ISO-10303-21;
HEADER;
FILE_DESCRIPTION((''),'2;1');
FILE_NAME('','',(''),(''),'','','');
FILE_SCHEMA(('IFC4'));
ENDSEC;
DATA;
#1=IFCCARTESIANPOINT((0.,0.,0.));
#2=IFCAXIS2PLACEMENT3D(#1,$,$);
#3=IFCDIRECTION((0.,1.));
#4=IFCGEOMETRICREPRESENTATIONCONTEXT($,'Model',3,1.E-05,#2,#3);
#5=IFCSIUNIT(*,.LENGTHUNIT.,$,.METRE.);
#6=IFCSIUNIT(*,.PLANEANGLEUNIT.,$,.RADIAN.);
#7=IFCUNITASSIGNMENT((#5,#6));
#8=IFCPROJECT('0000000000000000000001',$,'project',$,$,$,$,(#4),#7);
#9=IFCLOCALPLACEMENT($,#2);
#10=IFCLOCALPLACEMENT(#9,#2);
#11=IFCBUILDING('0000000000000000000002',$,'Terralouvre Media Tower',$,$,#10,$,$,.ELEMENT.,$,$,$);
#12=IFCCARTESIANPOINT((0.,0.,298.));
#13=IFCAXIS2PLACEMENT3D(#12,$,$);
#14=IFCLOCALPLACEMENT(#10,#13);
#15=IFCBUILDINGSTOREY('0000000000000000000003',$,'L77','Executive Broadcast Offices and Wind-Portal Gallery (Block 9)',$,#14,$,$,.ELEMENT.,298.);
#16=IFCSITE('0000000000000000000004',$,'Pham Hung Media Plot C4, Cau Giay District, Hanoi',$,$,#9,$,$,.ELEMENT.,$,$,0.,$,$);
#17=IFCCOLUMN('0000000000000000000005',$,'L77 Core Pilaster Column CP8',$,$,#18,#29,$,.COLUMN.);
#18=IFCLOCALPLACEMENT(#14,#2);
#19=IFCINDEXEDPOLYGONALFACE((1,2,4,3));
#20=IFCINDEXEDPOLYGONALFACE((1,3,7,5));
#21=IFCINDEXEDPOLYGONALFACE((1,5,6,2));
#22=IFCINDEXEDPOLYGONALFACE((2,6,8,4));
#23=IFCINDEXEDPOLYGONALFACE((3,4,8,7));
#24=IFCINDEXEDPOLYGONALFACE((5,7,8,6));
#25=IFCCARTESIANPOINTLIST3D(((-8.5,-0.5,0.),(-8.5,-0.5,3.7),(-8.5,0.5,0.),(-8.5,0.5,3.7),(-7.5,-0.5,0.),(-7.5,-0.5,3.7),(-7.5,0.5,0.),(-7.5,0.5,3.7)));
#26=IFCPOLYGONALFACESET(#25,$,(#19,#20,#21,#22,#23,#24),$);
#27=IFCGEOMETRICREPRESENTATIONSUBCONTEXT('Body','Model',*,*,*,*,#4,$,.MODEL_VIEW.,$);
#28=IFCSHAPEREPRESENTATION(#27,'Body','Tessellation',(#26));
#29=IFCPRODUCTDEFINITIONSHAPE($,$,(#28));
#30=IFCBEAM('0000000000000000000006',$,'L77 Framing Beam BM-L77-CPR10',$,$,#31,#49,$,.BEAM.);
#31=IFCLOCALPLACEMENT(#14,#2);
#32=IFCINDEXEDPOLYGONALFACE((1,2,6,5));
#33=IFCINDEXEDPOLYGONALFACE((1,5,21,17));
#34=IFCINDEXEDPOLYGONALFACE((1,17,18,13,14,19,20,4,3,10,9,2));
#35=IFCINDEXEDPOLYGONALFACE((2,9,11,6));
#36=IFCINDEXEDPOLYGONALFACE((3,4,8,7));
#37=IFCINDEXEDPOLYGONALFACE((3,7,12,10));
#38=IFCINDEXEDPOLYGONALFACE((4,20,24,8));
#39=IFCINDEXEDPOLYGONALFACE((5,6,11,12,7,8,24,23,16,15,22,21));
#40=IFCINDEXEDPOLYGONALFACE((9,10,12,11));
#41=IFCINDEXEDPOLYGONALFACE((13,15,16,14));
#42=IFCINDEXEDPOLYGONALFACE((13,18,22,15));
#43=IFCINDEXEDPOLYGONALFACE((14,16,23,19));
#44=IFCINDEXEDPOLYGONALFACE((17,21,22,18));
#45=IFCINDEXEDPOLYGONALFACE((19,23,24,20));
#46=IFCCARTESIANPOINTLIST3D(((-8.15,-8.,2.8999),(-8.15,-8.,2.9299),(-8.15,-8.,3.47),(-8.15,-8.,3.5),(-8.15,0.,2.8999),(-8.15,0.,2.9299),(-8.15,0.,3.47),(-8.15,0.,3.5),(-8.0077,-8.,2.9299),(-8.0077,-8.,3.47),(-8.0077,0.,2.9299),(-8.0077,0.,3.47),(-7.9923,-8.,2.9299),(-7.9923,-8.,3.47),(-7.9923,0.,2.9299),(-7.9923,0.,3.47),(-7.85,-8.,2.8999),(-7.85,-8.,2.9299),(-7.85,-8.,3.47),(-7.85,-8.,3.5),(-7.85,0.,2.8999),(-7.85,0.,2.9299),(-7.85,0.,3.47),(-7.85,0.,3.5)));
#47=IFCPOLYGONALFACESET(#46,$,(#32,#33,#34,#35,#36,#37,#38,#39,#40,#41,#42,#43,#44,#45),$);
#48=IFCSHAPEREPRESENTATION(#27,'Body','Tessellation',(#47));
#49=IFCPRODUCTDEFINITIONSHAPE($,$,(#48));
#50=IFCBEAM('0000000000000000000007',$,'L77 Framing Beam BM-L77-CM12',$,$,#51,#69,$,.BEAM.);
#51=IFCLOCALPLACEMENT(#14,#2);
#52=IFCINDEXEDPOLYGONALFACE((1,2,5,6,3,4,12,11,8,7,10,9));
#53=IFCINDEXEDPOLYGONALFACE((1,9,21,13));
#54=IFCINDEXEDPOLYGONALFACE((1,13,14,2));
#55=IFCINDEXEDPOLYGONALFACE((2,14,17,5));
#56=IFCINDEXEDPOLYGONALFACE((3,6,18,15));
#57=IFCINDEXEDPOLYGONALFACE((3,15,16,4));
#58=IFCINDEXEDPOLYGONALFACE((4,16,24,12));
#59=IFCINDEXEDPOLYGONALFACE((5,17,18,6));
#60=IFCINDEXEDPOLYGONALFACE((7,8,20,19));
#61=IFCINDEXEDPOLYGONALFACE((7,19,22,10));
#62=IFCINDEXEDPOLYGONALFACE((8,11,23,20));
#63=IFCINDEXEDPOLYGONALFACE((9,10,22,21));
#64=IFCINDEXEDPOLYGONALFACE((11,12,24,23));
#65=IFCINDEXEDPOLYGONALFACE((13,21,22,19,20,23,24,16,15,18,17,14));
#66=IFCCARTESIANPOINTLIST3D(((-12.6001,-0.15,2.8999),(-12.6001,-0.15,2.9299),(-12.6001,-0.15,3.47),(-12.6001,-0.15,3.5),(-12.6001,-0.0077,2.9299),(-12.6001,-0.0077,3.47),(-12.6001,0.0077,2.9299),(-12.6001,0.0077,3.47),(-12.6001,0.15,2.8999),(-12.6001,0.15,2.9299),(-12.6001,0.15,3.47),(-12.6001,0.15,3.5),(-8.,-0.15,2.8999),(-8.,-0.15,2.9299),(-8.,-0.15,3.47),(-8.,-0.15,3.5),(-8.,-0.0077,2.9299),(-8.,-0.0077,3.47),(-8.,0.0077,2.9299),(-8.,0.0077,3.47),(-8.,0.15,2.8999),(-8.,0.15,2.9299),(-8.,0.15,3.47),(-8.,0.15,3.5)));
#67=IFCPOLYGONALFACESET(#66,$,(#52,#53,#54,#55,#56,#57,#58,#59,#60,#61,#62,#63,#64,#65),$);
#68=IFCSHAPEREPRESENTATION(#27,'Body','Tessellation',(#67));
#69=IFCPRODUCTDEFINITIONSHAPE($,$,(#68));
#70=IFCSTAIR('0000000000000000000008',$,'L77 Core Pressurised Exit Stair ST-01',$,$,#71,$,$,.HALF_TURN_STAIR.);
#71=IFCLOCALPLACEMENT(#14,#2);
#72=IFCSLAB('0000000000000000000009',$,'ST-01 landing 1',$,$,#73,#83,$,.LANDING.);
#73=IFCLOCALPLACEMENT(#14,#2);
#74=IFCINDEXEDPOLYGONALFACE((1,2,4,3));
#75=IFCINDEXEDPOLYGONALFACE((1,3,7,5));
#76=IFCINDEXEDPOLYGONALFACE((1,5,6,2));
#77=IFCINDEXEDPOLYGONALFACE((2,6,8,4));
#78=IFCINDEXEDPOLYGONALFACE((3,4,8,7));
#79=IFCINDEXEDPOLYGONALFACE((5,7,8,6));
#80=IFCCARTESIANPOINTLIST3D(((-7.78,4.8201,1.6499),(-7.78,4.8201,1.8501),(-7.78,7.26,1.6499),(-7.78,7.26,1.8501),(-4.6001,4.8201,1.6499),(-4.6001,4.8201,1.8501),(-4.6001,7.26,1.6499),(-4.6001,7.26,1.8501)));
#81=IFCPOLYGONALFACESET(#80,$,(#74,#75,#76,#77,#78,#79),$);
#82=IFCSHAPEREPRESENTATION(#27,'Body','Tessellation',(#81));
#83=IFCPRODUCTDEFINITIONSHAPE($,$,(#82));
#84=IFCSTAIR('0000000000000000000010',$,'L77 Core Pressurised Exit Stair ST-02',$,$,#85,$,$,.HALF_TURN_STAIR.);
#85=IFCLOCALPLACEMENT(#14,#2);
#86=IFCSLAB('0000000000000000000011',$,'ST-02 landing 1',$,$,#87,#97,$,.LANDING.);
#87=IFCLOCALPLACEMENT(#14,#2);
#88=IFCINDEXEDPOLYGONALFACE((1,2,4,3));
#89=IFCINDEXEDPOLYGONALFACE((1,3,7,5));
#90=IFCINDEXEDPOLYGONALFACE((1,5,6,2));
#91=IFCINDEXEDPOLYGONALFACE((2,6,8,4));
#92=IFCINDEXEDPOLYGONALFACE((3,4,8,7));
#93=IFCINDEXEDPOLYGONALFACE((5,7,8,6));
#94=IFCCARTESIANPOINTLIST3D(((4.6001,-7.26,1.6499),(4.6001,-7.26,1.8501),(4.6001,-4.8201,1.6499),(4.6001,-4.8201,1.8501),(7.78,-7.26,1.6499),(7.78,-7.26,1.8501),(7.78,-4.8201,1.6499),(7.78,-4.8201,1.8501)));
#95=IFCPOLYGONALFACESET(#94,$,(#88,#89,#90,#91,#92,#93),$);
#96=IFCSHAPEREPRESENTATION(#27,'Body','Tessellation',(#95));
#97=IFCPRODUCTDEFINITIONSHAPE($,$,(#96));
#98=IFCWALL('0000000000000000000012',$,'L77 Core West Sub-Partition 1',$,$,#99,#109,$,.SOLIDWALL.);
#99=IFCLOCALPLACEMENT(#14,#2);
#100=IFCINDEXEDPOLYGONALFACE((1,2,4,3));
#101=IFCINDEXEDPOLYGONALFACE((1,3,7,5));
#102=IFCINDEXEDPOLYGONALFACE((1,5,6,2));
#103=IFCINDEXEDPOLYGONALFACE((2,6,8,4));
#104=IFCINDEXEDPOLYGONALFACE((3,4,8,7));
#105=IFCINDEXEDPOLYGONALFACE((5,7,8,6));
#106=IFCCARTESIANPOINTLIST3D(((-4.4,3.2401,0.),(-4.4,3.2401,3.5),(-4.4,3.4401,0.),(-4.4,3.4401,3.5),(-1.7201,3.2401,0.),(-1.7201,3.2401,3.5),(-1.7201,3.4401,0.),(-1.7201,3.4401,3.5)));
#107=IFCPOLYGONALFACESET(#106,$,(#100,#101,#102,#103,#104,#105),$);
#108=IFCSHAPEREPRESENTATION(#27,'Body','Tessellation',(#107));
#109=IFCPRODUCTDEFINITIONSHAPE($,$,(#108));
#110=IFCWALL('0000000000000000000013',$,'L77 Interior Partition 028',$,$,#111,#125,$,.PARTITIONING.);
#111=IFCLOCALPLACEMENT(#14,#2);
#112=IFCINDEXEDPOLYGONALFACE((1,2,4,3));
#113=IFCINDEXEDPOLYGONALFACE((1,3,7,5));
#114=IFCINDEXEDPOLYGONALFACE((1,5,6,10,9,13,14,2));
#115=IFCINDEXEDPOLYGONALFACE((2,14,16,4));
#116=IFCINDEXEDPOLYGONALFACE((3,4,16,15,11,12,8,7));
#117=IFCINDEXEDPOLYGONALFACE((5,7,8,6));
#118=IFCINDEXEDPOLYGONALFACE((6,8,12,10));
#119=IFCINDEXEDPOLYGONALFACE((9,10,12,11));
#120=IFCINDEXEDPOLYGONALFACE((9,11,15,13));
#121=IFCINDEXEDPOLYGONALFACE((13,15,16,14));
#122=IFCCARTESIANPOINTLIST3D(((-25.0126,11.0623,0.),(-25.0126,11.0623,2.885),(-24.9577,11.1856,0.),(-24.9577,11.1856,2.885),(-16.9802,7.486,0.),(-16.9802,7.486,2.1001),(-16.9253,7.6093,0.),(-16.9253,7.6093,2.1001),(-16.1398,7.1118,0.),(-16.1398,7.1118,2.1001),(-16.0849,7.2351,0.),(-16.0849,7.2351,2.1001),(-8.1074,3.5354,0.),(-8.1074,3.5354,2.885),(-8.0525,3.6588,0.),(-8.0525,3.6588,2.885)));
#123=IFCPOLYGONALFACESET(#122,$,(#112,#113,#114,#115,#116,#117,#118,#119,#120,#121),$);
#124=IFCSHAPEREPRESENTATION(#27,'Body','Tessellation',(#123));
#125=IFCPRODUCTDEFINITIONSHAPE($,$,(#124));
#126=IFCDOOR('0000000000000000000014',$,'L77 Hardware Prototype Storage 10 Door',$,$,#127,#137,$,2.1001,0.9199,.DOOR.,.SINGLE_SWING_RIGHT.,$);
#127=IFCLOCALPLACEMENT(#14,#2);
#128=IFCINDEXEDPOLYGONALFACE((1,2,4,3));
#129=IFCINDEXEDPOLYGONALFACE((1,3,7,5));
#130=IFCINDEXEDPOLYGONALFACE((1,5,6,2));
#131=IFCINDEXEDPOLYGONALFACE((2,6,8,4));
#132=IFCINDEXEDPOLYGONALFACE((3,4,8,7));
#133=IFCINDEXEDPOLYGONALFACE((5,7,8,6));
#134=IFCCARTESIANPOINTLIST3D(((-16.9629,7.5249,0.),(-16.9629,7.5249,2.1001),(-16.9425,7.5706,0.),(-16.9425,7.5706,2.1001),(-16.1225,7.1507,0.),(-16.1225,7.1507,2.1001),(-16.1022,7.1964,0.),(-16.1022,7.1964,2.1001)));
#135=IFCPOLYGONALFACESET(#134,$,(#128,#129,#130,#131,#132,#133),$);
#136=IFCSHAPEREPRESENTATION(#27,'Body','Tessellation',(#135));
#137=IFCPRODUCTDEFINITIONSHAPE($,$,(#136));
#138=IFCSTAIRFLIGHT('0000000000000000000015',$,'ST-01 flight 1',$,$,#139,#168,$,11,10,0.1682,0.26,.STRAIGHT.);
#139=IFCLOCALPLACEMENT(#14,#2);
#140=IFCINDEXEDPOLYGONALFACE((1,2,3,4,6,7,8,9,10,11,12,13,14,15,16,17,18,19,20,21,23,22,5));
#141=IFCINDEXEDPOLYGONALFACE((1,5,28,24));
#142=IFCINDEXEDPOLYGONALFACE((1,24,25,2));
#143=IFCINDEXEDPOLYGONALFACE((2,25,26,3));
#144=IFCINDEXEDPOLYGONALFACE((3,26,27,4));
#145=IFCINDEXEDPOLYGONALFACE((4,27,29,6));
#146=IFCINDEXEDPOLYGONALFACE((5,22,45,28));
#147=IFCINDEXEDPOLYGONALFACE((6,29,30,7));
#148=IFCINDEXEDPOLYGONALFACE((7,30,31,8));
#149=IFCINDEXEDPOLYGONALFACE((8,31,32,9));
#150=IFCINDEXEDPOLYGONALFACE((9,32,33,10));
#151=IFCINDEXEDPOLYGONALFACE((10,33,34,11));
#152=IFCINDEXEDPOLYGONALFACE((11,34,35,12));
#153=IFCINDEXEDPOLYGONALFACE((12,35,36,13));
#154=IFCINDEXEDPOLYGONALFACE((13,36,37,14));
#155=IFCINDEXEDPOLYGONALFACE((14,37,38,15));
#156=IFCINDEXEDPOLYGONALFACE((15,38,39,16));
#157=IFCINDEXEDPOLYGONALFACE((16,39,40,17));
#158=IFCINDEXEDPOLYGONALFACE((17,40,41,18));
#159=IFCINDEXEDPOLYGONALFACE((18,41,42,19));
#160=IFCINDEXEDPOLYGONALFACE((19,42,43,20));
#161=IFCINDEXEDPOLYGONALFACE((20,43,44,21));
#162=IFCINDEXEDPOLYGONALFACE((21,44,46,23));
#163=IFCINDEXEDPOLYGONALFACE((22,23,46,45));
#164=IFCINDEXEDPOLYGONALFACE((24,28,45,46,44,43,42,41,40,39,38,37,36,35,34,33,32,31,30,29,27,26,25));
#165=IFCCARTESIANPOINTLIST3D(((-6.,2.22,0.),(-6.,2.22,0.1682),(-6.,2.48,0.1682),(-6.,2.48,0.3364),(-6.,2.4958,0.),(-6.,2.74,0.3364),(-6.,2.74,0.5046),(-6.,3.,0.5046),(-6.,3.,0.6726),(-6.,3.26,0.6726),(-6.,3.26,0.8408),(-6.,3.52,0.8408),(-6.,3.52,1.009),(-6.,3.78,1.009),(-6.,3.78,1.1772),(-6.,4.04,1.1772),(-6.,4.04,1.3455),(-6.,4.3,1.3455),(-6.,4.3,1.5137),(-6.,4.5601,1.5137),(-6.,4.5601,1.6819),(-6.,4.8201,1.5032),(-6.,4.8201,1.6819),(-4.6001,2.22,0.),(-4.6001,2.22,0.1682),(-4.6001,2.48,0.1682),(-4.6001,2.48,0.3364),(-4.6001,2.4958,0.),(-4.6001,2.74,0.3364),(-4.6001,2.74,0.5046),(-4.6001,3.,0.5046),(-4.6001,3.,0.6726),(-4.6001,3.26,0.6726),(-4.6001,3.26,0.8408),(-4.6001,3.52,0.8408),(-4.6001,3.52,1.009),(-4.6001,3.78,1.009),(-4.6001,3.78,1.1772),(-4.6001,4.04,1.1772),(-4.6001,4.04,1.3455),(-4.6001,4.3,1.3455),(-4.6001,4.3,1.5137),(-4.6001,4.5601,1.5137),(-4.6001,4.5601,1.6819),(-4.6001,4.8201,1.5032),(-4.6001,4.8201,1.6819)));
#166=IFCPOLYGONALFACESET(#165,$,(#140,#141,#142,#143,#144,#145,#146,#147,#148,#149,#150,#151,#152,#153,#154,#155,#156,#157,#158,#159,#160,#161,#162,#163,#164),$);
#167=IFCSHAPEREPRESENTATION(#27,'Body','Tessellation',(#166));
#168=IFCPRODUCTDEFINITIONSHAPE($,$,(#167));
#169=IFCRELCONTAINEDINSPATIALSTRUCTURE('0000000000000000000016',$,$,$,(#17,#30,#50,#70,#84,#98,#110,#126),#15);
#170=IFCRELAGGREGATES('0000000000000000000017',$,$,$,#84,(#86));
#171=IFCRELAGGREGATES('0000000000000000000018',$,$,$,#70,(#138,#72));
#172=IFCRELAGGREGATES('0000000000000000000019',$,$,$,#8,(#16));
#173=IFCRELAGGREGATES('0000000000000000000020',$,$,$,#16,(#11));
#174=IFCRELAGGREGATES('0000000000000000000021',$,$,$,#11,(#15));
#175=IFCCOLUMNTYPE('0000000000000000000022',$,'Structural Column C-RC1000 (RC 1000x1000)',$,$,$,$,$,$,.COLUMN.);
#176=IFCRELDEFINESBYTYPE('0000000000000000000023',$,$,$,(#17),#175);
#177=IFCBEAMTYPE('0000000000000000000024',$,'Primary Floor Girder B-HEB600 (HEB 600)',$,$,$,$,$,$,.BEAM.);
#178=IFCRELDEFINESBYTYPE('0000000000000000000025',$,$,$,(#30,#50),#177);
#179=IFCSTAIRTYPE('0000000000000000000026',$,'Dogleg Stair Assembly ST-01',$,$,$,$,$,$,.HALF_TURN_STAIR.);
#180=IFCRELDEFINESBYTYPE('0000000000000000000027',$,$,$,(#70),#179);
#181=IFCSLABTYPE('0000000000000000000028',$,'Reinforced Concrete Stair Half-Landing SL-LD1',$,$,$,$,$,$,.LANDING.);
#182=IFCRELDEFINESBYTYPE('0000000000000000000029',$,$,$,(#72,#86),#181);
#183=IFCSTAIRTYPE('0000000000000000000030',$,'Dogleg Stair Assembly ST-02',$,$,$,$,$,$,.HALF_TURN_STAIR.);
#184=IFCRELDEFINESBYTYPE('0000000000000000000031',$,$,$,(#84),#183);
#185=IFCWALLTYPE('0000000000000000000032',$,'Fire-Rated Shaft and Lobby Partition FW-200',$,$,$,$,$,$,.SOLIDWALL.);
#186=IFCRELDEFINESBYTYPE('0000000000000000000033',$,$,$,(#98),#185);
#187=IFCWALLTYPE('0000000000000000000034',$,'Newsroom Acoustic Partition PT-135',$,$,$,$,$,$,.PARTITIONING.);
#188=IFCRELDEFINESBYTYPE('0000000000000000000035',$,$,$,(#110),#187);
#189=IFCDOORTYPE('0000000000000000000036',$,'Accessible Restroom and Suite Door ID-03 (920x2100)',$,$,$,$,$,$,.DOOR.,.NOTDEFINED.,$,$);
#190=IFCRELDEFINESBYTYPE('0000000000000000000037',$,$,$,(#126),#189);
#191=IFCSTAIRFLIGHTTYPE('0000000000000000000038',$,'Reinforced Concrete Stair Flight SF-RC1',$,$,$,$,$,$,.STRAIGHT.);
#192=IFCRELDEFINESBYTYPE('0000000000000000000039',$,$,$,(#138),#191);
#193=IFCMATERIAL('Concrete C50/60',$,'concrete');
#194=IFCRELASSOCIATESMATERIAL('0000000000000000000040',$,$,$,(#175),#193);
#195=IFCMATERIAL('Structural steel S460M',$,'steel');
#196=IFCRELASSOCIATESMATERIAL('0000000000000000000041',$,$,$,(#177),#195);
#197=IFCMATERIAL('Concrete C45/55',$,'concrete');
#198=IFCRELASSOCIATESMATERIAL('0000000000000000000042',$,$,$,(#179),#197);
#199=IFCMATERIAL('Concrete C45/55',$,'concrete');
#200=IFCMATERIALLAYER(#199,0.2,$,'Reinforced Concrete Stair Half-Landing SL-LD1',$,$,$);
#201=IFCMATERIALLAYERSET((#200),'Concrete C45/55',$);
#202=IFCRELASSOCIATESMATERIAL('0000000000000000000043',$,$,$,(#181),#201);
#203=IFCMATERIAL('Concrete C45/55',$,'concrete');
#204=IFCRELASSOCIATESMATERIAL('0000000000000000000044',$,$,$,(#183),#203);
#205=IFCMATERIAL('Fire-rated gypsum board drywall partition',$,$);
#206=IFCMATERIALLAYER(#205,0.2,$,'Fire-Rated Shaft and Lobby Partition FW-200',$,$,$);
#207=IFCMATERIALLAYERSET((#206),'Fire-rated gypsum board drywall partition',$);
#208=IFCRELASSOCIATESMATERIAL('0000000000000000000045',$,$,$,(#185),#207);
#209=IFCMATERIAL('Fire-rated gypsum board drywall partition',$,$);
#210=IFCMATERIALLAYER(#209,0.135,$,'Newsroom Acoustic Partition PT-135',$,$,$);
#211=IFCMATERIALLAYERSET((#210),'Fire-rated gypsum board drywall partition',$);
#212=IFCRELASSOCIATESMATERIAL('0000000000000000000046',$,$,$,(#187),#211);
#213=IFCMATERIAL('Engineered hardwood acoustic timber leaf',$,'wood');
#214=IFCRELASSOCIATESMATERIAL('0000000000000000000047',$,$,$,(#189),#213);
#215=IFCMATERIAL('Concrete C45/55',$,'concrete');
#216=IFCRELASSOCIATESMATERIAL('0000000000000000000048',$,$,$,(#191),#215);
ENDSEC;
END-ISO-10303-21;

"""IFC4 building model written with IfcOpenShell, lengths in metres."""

from ifc_helpers import new_model, si_unit, direction, frame, frame_2d, origin, origin_2d, place, context, subcontext, project, spatial, polyline, rectangle, i_section, outline, extrude, material, layer, layer_set, material_profile, profile_set, type_object, element, fill, aggregate, save


model = new_model("IFC4")

# Units and contexts
model_context = context("Model", 3, precision=1e-05, world=origin(), true_north=direction((0.0, 1.0)))
body_context = subcontext(model_context, "Body", "Model", "MODEL_VIEW")
ifc_project = project(units=[si_unit("LENGTHUNIT", "METRE"), si_unit("PLANEANGLEUNIT", "RADIAN")], contexts=[model_context])

# Site, building, storey
site_placement = place(None, origin())
site = spatial("IfcSite", under=ifc_project, at=site_placement, Name="Pham Hung Media Plot C4, Cau Giay District, Hanoi", CompositionType="ELEMENT", RefElevation=0.0)
building_placement = place(site_placement, origin())
building = spatial("IfcBuilding", under=site, at=building_placement, Name="Terralouvre Media Tower", CompositionType="ELEMENT")
storey_placement = place(building_placement, frame((0.0, 0.0, 298.0)))
storey = spatial("IfcBuildingStorey", under=building, at=storey_placement, Name="L77", Description="Executive Broadcast Offices and Wind-Portal Gallery (Block 9)", CompositionType="ELEMENT", Elevation=298.0)

# Column
ifc_material_1 = material(Name="Concrete C50/60", Category="concrete")
ifc_material_profile_1 = material_profile(ifc_material_1, rectangle(XDim=1.0, YDim=1.0, at=origin_2d()), Name="RC 1000x1000")
ifc_profile_set_1 = profile_set([ifc_material_profile_1], Name="Concrete C50/60")
column_type = type_object("IfcColumnType", Name="Structural Column C-RC1000 (RC 1000x1000)", PredefinedType="COLUMN", material=ifc_profile_set_1)
column_placement = place(storey_placement, frame((-8.0, 0.0, 0.0), z_axis=(0.0, 0.0, 1.0), x_axis=(1.0, 0.0, 0.0)))
element("IfcColumn", 1, at=column_placement, inside=storey, type_object=column_type, Name="L77 Core Pilaster Column CP8", PredefinedType="COLUMN", context=body_context, shape_type="SweptSolid", body=[
    extrude(rectangle(XDim=1.0, YDim=1.0, at=origin_2d()), origin(), (0.0, 0.0, 1.0), 3.7),
])

# Beams
ifc_material_2 = material(Name="Structural steel S460M", Category="steel")
ifc_material_profile_2 = material_profile(ifc_material_2, i_section(OverallWidth=0.3, OverallDepth=0.6001, WebThickness=0.0154, FlangeThickness=0.03, at=origin_2d()), Name="HEB 600")
ifc_profile_set_2 = profile_set([ifc_material_profile_2], Name="Structural steel S460M")
beam_type = type_object("IfcBeamType", Name="Primary Floor Girder B-HEB600 (HEB 600)", PredefinedType="BEAM", material=ifc_profile_set_2)
beam_1_placement = place(storey_placement, frame((-8.0, 0.0, 3.2), z_axis=(0.0, -1.0, 0.0), x_axis=(1.0, 0.0, 0.0)))
element("IfcBeam", 2, at=beam_1_placement, inside=storey, type_object=beam_type, Name="L77 Framing Beam BM-L77-CPR10", PredefinedType="BEAM", context=body_context, shape_type="SweptSolid", body=[
    extrude(i_section(OverallWidth=0.3, OverallDepth=0.6001, WebThickness=0.0154, FlangeThickness=0.03, at=origin_2d()), origin(), (0.0, 0.0, 1.0), 8.0),
])
beam_2_placement = place(storey_placement, frame((-8.0, 0.0, 3.2), z_axis=(-1.0, 0.0, 0.0), x_axis=(0.0, -1.0, 0.0)))
element("IfcBeam", 3, at=beam_2_placement, inside=storey, type_object=beam_type, Name="L77 Framing Beam BM-L77-CM12", PredefinedType="BEAM", context=body_context, shape_type="SweptSolid", body=[
    extrude(i_section(OverallWidth=0.3, OverallDepth=0.6001, WebThickness=0.0154, FlangeThickness=0.03, at=origin_2d()), origin(), (0.0, 0.0, 1.0), 4.6001),
])

# Stairs, slabs
ifc_material_3 = material(Name="Concrete C45/55", Category="concrete")
stair_type_1 = type_object("IfcStairType", Name="Dogleg Stair Assembly ST-01", PredefinedType="HALF_TURN_STAIR", material=ifc_material_3)
stair_1_placement = place(storey_placement, origin())
stair_1 = element("IfcStair", 4, at=stair_1_placement, inside=storey, type_object=stair_type_1, Name="L77 Core Pressurised Exit Stair ST-01", PredefinedType="HALF_TURN_STAIR")
ifc_material_4 = material(Name="Concrete C45/55", Category="concrete")
ifc_layer_1 = layer(ifc_material_4, 0.2, Name="Reinforced Concrete Stair Half-Landing SL-LD1")
ifc_layer_set_1 = layer_set([ifc_layer_1], Name="Concrete C45/55")
slab_type_1 = type_object("IfcSlabType", Name="Reinforced Concrete Stair Half-Landing SL-LD1", PredefinedType="LANDING", material=ifc_layer_set_1)
slab_1_placement = place(storey_placement, frame((0.0, 0.0, 1.6499)))
slab_1 = element("IfcSlab", 5, at=slab_1_placement, type_object=slab_type_1, Name="ST-01 landing 1", PredefinedType="LANDING", context=body_context, shape_type="SweptSolid", body=[
    extrude(outline(polyline([(-4.6001, 4.8201), (-4.6001, 7.26), (-7.78, 7.26), (-7.78, 4.8201), (-4.6001, 4.8201)])), origin(), (0.0, 0.0, 1.0), 0.2002),
])
ifc_material_5 = material(Name="Concrete C45/55", Category="concrete")
stair_type_2 = type_object("IfcStairType", Name="Dogleg Stair Assembly ST-02", PredefinedType="HALF_TURN_STAIR", material=ifc_material_5)
stair_2_placement = place(storey_placement, origin())
stair_2 = element("IfcStair", 6, at=stair_2_placement, inside=storey, type_object=stair_type_2, Name="L77 Core Pressurised Exit Stair ST-02", PredefinedType="HALF_TURN_STAIR")
slab_2_placement = place(storey_placement, frame((0.0, 0.0, 1.6499)))
slab_2 = element("IfcSlab", 7, at=slab_2_placement, type_object=slab_type_1, Name="ST-02 landing 1", PredefinedType="LANDING", context=body_context, shape_type="SweptSolid", body=[
    extrude(outline(polyline([(4.6001, -4.8201), (4.6001, -7.26), (7.78, -7.26), (7.78, -4.8201), (4.6001, -4.8201)])), origin(), (0.0, 0.0, 1.0), 0.2002),
])
aggregate(stair_2, [slab_2])

# Wall
ifc_material_6 = material(Name="Fire-rated gypsum board drywall partition")
ifc_layer_2 = layer(ifc_material_6, 0.2, Name="Fire-Rated Shaft and Lobby Partition FW-200")
ifc_layer_set_2 = layer_set([ifc_layer_2], Name="Fire-rated gypsum board drywall partition")
wall_type_1 = type_object("IfcWallType", Name="Fire-Rated Shaft and Lobby Partition FW-200", PredefinedType="SOLIDWALL", material=ifc_layer_set_2)
wall_1_placement = place(storey_placement, frame((-4.3999, 3.3401, 0.0), z_axis=(0.0, 0.0, 1.0), x_axis=(1.0, 0.0, 0.0)))
element("IfcWall", 8, at=wall_1_placement, inside=storey, type_object=wall_type_1, Name="L77 Core West Sub-Partition 1", PredefinedType="SOLIDWALL", context=body_context, shape_type="SweptSolid", body=[
    extrude(rectangle(XDim=2.6799, YDim=0.2, at=frame_2d((1.3398, 0.0))), origin(), (0.0, 0.0, 1.0), 3.5),
])

# Wall, opening, door
ifc_material_7 = material(Name="Fire-rated gypsum board drywall partition")
ifc_layer_3 = layer(ifc_material_7, 0.135, Name="Newsroom Acoustic Partition PT-135")
ifc_layer_set_3 = layer_set([ifc_layer_3], Name="Fire-rated gypsum board drywall partition")
wall_type_2 = type_object("IfcWallType", Name="Newsroom Acoustic Partition PT-135", PredefinedType="PARTITIONING", material=ifc_layer_set_3)
wall_2_placement = place(storey_placement, frame((-8.0801, 3.5972, 0.0), z_axis=(0.0, 0.0, 1.0), x_axis=(-0.913543, 0.406743, 0.0)))
wall_2 = element("IfcWall", 9, at=wall_2_placement, inside=storey, type_object=wall_type_2, Name="L77 Interior Partition 028", PredefinedType="PARTITIONING", context=body_context, shape_type="SweptSolid", body=[
    extrude(rectangle(XDim=18.5051, YDim=0.135, at=frame_2d((9.2524, 0.0))), origin(), (0.0, 0.0, 1.0), 2.885),
])
opening_1_placement = place(wall_2_placement, frame((8.7925, 0.0, 0.0)))
opening_1 = element("IfcOpeningElement", 10, at=opening_1_placement, cuts=wall_2, PredefinedType="OPENING", context=body_context, shape_type="SweptSolid", body=[
    extrude(rectangle(XDim=0.9199, YDim=2.1001, at=frame_2d((0.46, 1.05))), frame((0.0, 0.0774, 0.0), z_axis=(0.0, -1.0, 0.0), x_axis=(1.0, 0.0, 0.0)), (0.0, 0.0, 1.0), 0.155),
])
ifc_material_8 = material(Name="Engineered hardwood acoustic timber leaf", Category="wood")
door_type_1 = type_object("IfcDoorType", Name="Accessible Restroom and Suite Door ID-03 (920x2100)", OperationType="NOTDEFINED", PredefinedType="DOOR", material=ifc_material_8)
door_1_placement = place(opening_1_placement, origin())
door_1 = element("IfcDoor", 11, at=door_1_placement, inside=storey, type_object=door_type_1, Name="L77 Hardware Prototype Storage 10 Door", OperationType="SINGLE_SWING_RIGHT", OverallHeight=2.1001, OverallWidth=0.9199, PredefinedType="DOOR", context=body_context, shape_type="SweptSolid", body=[
    extrude(rectangle(XDim=0.9199, YDim=2.1001, at=frame_2d((0.46, 1.05))), frame((0.0, 0.0249, 0.0), z_axis=(0.0, -1.0, 0.0), x_axis=(1.0, 0.0, 0.0)), (0.0, 0.0, 1.0), 0.05),
])
fill(opening_1, door_1)

# Stair flight
ifc_material_9 = material(Name="Concrete C45/55", Category="concrete")
stair_flight_type = type_object("IfcStairFlightType", Name="Reinforced Concrete Stair Flight SF-RC1", PredefinedType="STRAIGHT", material=ifc_material_9)
stair_flight_1_placement = place(storey_placement, frame((-5.3, 2.22, 0.0), z_axis=(0.0, 0.0, 1.0), x_axis=(0.0, 1.0, 0.0)))
stair_flight_1 = element("IfcStairFlight", 12, at=stair_flight_1_placement, type_object=stair_flight_type, Name="ST-01 flight 1", NumberOfRisers=11, NumberOfTreads=10, PredefinedType="STRAIGHT", RiserHeight=0.1682, TreadLength=0.26, context=body_context, shape_type="SweptSolid", body=[
    extrude(outline(polyline([(0.0, 0.0), (0.0, 0.1682), (0.26, 0.1682), (0.26, 0.3364), (0.52, 0.3364), (0.52, 0.5046), (0.78, 0.5046), (0.78, 0.6726), (1.04, 0.6726), (1.04, 0.8408), (1.3, 0.8408), (1.3, 1.009), (1.5601, 1.009), (1.5601, 1.1772), (1.8201, 1.1772), (1.8201, 1.3455), (2.0801, 1.3455), (2.0801, 1.5137), (2.3401, 1.5137), (2.3401, 1.6819), (2.6001, 1.6819), (2.6001, 1.8501), (2.6001, 1.5032), (0.2759, 0.0), (0.0, 0.0)])), frame((0.0, 0.7, 0.0), z_axis=(0.0, -1.0, 0.0), x_axis=(1.0, 0.0, 0.0)), (0.0, 0.0, 1.0), 1.3999),
])
aggregate(stair_1, [stair_flight_1, slab_1])

save(model, "model.ifc")
